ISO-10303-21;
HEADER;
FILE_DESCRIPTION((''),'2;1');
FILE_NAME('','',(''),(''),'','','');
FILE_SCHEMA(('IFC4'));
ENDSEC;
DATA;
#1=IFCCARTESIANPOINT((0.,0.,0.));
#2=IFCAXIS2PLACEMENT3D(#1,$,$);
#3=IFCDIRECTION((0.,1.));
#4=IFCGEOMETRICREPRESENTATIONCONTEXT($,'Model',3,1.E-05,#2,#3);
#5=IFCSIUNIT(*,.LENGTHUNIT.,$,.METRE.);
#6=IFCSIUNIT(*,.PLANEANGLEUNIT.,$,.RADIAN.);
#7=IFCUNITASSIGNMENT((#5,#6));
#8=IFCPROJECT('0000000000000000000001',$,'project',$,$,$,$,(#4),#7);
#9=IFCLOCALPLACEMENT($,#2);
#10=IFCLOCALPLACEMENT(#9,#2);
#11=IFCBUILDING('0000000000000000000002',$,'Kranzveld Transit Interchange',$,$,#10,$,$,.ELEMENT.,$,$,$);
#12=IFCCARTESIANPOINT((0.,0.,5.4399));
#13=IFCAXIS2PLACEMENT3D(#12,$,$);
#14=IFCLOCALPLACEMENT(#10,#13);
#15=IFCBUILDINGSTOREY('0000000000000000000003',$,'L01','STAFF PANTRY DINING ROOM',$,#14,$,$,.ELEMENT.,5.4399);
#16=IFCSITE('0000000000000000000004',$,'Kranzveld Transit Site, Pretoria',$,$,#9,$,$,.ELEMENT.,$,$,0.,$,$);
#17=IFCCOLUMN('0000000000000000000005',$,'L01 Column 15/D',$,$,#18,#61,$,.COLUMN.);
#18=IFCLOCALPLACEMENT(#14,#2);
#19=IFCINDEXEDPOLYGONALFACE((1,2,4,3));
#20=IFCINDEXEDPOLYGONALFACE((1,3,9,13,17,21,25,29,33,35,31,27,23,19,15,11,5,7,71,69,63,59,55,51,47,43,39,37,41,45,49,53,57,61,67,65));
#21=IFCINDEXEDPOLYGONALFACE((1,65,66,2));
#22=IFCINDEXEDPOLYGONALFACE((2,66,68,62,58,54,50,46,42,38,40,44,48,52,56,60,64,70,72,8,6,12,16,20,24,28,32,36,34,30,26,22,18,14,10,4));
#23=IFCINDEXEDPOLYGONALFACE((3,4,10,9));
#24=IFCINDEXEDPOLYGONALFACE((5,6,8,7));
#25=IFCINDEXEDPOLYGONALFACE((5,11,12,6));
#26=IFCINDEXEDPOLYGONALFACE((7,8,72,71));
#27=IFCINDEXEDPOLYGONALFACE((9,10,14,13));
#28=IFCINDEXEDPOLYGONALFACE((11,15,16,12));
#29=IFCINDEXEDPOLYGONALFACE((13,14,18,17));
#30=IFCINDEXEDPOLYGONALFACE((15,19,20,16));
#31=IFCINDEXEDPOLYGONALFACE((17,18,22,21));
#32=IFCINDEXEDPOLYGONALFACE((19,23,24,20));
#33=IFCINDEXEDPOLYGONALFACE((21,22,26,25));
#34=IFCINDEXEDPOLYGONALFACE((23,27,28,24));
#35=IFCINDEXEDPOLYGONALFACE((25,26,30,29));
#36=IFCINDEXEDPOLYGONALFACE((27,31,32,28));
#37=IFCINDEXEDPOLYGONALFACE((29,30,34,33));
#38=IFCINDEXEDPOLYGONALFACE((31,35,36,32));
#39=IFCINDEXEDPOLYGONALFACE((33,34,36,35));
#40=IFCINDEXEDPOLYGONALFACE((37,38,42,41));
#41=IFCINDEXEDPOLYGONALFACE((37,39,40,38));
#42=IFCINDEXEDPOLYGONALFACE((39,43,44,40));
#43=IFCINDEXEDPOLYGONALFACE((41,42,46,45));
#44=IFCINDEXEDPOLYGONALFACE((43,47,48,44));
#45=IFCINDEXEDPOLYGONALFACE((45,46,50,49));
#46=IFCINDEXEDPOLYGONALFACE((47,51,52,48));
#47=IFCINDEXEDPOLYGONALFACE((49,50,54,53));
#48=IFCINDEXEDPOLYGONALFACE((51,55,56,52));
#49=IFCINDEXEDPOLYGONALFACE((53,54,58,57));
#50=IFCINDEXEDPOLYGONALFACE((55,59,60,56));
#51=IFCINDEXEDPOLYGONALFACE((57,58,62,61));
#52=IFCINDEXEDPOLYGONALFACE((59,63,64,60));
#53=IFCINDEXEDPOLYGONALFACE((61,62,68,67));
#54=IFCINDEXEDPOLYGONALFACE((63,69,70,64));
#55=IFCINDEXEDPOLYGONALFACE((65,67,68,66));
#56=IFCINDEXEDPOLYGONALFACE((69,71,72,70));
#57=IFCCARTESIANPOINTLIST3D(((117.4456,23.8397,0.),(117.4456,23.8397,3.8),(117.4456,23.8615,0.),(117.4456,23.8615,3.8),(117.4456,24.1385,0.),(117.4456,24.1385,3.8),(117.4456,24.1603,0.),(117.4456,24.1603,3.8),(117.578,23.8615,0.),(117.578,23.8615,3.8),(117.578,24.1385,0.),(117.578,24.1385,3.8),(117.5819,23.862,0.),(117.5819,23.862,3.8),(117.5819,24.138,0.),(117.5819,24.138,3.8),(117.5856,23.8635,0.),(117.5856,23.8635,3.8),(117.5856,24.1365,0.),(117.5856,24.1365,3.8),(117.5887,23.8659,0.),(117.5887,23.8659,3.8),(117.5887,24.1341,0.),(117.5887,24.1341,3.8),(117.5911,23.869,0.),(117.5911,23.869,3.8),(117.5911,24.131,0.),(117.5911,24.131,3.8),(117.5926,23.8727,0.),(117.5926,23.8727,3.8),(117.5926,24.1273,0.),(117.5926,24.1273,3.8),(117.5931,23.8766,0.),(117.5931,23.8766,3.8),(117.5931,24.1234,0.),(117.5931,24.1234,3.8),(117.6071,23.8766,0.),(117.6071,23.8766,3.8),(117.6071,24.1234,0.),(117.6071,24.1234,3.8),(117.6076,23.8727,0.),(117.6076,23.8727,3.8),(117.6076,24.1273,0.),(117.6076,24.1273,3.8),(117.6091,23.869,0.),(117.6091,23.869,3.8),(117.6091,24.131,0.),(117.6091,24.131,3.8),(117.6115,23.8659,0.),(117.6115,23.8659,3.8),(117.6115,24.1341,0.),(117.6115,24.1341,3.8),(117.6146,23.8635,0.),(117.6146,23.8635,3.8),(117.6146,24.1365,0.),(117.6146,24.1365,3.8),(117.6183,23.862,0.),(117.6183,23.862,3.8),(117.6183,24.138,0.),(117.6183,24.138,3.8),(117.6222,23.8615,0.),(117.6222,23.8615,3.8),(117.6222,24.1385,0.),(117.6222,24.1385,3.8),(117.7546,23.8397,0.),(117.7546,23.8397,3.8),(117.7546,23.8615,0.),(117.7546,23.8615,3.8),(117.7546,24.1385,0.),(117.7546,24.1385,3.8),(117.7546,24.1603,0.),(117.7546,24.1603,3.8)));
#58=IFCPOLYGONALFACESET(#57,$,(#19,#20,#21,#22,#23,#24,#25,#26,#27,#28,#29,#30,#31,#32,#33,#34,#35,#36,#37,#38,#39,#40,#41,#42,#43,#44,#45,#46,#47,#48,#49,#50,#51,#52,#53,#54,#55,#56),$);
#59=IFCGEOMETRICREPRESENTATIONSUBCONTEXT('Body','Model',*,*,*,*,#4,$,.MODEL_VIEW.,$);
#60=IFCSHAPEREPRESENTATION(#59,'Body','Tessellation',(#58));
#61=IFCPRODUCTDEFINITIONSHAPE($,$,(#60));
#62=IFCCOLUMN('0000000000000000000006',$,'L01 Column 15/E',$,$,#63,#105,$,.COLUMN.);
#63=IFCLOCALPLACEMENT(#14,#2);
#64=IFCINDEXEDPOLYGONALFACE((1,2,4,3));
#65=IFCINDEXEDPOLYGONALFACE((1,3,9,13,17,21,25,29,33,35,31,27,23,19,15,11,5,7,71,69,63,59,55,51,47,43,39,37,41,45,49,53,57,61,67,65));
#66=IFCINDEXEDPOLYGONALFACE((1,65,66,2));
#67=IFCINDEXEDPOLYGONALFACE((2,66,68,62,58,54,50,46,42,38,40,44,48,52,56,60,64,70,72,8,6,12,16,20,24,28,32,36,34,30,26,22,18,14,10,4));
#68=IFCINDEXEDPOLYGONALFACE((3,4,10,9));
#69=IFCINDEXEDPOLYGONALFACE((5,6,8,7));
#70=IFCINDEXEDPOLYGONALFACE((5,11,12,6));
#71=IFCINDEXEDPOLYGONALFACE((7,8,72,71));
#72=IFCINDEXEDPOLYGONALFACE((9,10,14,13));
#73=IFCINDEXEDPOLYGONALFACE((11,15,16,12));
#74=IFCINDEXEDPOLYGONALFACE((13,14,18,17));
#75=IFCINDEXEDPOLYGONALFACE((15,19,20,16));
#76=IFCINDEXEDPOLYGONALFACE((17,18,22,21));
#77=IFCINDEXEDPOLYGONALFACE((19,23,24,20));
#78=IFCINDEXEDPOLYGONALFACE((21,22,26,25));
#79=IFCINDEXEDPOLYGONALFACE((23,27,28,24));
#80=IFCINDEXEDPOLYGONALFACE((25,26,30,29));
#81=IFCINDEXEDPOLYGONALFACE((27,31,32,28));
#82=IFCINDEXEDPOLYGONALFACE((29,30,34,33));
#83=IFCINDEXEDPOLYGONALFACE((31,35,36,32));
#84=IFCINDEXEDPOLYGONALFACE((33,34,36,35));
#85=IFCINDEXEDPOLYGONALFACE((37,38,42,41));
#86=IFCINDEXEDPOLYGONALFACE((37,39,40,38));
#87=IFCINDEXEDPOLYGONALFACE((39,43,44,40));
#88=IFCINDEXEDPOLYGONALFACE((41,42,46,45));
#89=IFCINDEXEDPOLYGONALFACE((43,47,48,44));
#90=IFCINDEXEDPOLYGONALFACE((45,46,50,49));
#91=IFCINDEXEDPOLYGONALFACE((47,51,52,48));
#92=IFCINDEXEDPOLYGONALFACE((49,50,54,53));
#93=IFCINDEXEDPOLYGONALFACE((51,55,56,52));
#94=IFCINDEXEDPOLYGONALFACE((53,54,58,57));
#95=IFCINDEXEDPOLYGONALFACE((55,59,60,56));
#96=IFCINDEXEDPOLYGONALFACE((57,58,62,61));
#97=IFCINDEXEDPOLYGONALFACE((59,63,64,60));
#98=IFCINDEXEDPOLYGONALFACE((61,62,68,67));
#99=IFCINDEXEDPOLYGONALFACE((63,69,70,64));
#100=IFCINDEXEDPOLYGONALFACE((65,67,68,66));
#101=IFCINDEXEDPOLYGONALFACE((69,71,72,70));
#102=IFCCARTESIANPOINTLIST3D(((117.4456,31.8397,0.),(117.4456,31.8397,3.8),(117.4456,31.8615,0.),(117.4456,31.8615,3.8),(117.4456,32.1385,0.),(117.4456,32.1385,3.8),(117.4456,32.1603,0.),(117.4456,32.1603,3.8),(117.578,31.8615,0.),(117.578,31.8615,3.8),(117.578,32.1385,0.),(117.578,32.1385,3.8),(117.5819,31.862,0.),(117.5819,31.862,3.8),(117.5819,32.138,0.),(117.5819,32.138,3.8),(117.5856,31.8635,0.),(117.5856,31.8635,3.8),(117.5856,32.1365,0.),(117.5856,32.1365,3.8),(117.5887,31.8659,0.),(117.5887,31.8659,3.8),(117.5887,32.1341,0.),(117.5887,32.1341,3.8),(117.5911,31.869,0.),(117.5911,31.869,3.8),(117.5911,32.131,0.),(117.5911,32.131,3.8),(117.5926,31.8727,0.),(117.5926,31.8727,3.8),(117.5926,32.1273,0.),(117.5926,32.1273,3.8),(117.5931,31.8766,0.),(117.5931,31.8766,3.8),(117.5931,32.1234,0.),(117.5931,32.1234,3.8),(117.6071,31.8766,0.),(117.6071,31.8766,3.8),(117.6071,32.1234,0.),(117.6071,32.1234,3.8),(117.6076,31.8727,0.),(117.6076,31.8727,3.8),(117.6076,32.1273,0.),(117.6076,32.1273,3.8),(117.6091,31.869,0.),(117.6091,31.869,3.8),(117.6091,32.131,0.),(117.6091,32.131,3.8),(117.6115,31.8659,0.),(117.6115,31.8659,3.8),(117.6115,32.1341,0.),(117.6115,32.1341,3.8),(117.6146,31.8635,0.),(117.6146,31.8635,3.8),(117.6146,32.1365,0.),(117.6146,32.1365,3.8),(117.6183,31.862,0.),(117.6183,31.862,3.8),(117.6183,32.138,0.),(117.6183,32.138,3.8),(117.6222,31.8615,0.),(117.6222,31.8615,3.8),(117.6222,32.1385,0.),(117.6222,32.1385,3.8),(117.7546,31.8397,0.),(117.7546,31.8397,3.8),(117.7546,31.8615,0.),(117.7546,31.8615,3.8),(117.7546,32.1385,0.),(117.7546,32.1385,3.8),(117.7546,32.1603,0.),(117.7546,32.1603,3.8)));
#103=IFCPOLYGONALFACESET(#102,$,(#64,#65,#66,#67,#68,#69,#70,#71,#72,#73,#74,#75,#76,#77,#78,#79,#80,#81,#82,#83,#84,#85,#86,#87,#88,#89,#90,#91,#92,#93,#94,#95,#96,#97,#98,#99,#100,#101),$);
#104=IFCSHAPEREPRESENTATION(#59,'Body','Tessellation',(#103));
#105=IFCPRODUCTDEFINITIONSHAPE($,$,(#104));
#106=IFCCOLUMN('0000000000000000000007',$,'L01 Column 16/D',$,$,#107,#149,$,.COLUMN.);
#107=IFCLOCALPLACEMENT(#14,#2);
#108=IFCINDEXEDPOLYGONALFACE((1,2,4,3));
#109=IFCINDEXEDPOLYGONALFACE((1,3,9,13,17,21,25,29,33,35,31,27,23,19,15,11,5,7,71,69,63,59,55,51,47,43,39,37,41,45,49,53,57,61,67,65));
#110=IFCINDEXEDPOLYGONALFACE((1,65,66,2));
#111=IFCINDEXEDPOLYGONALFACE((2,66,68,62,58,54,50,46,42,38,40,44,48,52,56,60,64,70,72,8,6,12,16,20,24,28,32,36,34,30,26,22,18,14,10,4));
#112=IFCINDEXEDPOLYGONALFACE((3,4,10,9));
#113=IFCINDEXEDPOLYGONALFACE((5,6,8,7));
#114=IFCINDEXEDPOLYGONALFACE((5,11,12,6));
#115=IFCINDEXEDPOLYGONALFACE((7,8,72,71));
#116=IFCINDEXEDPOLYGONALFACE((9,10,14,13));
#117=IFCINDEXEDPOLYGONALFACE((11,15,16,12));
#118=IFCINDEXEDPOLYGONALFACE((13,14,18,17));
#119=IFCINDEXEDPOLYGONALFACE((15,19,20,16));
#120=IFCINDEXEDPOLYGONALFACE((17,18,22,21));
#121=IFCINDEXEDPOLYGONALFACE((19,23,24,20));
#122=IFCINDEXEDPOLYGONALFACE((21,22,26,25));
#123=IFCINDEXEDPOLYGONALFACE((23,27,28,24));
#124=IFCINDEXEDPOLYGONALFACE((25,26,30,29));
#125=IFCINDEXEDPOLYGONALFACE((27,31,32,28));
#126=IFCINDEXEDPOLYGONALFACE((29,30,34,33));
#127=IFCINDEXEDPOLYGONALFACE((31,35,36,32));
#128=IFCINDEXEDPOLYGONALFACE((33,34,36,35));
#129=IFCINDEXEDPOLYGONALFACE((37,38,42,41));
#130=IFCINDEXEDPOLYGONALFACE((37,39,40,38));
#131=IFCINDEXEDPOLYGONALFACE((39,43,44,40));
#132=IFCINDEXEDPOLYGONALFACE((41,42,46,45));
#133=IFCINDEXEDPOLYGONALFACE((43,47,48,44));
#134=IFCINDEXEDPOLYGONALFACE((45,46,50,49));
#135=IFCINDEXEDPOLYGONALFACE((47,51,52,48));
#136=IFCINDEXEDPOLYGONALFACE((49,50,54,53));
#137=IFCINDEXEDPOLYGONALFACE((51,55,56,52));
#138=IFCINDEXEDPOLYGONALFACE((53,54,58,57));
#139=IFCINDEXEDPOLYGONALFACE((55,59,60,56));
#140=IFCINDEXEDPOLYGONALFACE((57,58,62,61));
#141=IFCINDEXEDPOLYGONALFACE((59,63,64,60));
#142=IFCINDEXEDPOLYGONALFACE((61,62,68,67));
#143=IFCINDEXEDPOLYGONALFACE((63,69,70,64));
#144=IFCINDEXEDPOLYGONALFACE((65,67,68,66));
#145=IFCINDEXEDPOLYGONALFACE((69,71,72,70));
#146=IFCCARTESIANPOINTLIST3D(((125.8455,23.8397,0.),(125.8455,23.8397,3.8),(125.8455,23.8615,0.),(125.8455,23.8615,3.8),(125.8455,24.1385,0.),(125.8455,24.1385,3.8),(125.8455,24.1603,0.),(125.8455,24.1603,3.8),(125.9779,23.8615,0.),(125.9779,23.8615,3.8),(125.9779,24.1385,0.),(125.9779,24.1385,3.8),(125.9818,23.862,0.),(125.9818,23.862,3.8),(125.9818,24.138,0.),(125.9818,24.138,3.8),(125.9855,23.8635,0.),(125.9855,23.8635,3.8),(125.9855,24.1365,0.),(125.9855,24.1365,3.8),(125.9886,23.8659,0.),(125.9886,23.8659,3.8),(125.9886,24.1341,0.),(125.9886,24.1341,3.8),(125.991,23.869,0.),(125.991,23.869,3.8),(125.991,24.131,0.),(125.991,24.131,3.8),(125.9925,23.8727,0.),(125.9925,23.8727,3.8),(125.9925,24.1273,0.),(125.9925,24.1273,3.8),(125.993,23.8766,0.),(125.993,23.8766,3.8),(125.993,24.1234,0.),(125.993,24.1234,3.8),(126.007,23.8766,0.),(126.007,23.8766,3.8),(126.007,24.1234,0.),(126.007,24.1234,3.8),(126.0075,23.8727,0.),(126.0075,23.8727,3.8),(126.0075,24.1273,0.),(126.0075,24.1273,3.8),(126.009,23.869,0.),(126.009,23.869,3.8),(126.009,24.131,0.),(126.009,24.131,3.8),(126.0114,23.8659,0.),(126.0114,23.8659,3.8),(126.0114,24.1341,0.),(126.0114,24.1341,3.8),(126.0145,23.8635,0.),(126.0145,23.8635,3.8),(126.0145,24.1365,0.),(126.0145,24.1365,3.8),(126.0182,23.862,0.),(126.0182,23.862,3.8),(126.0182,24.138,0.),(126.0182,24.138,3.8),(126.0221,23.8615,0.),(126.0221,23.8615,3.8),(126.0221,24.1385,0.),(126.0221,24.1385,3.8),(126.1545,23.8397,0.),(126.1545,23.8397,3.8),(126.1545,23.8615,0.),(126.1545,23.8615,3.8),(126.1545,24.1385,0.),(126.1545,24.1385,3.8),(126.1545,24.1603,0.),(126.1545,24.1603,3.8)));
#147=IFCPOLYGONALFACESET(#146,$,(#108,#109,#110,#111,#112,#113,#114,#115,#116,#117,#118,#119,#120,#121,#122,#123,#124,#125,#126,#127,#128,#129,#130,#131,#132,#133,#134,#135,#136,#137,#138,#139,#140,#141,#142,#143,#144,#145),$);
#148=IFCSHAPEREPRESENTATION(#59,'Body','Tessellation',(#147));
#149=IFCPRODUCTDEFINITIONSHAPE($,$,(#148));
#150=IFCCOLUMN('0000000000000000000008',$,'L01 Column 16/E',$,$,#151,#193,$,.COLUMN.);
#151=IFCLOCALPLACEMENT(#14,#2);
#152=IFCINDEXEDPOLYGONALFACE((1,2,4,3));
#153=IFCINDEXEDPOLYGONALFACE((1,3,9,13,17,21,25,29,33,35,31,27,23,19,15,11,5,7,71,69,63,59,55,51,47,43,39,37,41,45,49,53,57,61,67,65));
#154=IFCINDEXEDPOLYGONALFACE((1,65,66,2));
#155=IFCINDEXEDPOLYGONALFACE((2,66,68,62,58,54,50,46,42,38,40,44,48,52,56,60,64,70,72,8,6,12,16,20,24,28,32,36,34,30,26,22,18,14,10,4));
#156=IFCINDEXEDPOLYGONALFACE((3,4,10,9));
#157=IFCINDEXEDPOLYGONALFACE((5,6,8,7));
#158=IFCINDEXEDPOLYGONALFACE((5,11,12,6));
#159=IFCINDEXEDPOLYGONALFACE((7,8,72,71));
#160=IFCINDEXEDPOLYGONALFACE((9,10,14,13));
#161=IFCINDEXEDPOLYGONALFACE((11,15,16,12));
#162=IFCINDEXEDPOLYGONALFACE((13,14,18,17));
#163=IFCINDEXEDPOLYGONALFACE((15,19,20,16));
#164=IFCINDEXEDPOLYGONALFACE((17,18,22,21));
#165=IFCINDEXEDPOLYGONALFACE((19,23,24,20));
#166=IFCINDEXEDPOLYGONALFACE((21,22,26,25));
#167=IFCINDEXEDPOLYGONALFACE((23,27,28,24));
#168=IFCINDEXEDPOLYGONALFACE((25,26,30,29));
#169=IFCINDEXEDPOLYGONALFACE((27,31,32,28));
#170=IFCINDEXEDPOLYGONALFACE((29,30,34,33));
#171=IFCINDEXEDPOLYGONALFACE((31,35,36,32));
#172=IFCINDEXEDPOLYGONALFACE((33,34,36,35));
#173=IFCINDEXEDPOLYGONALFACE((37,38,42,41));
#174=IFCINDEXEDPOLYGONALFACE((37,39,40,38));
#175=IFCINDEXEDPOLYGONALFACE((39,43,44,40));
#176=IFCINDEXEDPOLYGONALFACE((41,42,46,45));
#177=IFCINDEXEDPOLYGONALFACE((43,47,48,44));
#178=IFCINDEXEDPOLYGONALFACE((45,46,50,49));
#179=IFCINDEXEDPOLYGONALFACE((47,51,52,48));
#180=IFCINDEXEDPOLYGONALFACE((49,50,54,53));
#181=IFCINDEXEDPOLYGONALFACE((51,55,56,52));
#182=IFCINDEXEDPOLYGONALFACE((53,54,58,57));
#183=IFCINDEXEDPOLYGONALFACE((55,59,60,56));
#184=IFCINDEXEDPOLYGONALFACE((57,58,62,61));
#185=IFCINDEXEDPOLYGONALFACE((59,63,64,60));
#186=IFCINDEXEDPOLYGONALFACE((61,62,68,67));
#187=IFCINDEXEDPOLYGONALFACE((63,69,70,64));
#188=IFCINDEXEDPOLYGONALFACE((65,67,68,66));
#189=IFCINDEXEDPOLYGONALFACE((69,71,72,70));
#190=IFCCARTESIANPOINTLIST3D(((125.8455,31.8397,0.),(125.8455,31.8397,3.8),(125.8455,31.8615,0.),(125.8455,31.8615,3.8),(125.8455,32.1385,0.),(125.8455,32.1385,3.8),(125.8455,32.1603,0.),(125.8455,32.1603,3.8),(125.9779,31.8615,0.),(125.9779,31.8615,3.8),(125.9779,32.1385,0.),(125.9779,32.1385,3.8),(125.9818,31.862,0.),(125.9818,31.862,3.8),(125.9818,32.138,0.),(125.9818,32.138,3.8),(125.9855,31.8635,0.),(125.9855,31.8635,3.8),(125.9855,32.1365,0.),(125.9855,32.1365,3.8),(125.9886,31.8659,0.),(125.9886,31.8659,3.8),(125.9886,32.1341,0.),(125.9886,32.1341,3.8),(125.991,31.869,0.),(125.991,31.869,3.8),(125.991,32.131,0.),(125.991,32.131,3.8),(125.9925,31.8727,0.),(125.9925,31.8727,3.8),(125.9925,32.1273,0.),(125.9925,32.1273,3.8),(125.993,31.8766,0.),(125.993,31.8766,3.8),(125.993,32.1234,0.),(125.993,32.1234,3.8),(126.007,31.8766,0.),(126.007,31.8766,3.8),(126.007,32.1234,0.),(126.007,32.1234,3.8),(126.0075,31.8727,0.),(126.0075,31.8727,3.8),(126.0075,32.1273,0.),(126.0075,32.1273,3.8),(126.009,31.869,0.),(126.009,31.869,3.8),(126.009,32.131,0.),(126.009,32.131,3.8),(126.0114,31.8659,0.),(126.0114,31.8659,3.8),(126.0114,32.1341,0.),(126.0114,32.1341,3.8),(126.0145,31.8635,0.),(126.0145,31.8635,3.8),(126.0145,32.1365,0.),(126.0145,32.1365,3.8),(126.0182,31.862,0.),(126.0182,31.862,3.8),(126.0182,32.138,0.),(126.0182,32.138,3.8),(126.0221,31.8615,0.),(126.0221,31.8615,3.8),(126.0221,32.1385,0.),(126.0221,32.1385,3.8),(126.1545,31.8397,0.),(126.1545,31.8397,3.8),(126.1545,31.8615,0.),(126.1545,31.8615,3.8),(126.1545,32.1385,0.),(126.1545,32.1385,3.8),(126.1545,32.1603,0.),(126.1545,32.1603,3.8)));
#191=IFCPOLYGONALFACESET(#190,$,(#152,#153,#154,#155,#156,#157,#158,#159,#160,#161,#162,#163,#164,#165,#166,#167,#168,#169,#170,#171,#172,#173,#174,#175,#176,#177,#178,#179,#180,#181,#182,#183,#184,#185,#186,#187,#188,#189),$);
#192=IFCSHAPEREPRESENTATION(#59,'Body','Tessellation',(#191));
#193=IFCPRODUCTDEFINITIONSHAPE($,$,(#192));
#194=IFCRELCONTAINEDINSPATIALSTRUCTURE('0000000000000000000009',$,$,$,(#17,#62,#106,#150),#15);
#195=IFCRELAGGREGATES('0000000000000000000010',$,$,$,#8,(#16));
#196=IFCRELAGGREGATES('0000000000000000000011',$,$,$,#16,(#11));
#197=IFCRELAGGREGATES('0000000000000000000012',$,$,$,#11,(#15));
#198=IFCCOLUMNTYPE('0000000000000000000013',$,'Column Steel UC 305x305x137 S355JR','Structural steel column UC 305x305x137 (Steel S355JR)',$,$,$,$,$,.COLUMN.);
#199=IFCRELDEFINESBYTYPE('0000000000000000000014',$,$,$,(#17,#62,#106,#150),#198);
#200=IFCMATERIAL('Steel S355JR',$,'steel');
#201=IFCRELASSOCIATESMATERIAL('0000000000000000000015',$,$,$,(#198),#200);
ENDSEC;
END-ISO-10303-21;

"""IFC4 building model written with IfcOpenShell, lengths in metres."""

from ifc_helpers import new_model, si_unit, direction, frame, origin, origin_2d, place, context, subcontext, project, spatial, i_section, extrude, material, material_profile, profile_set, type_object, element, save


model = new_model("IFC4")

# Units and contexts
model_context = context("Model", 3, precision=1e-05, world=origin(), true_north=direction((0.0, 1.0)))
body_context = subcontext(model_context, "Body", "Model", "MODEL_VIEW")
ifc_project = project(units=[si_unit("LENGTHUNIT", "METRE"), si_unit("PLANEANGLEUNIT", "RADIAN")], contexts=[model_context])

# Site, building, storey
site_placement = place(None, origin())
site = spatial("IfcSite", under=ifc_project, at=site_placement, Name="Kranzveld Transit Site, Pretoria", CompositionType="ELEMENT", RefElevation=0.0)
building_placement = place(site_placement, origin())
building = spatial("IfcBuilding", under=site, at=building_placement, Name="Kranzveld Transit Interchange", CompositionType="ELEMENT")
storey_placement = place(building_placement, frame((0.0, 0.0, 5.4399)))
storey = spatial("IfcBuildingStorey", under=building, at=storey_placement, Name="L01", Description="STAFF PANTRY DINING ROOM", CompositionType="ELEMENT", Elevation=5.4399)

# Columns
ifc_material_1 = material(Name="Steel S355JR", Category="steel")
ifc_material_profile_1 = material_profile(ifc_material_1, i_section(OverallWidth=0.3091, OverallDepth=0.3206, WebThickness=0.0139, FlangeThickness=0.0217, FilletRadius=0.0151, at=origin_2d()), Name="UC 305x305x137")
ifc_profile_set_1 = profile_set([ifc_material_profile_1], Name="Steel S355JR")
column_type = type_object("IfcColumnType", Name="Column Steel UC 305x305x137 S355JR", Description="Structural steel column UC 305x305x137 (Steel S355JR)", PredefinedType="COLUMN", material=ifc_profile_set_1)
for number, where, z_axis, x_axis, name in (
    (1, (117.6001, 24.0, 0.0), (0.0, 0.0, 1.0), (1.0, 0.0, 0.0), "L01 Column 15/D"),
    (2, (117.6001, 32.0, 0.0), (0.0, 0.0, 1.0), (1.0, 0.0, 0.0), "L01 Column 15/E"),
    (3, (126.0, 24.0, 0.0), (0.0, 0.0, 1.0), (1.0, 0.0, 0.0), "L01 Column 16/D"),
    (4, (126.0, 32.0, 0.0), (0.0, 0.0, 1.0), (1.0, 0.0, 0.0), "L01 Column 16/E"),
):
    element("IfcColumn", number, at=place(storey_placement, frame(where, z_axis=z_axis, x_axis=x_axis)), inside=storey, type_object=column_type, Name=name, PredefinedType="COLUMN", context=body_context, shape_type="SweptSolid", body=[
        extrude(i_section(OverallWidth=0.3091, OverallDepth=0.3206, WebThickness=0.0139, FlangeThickness=0.0217, FilletRadius=0.0151, at=origin_2d()), origin(), (0.0, 0.0, 1.0), 3.8),
    ])

save(model, "model.ifc")
